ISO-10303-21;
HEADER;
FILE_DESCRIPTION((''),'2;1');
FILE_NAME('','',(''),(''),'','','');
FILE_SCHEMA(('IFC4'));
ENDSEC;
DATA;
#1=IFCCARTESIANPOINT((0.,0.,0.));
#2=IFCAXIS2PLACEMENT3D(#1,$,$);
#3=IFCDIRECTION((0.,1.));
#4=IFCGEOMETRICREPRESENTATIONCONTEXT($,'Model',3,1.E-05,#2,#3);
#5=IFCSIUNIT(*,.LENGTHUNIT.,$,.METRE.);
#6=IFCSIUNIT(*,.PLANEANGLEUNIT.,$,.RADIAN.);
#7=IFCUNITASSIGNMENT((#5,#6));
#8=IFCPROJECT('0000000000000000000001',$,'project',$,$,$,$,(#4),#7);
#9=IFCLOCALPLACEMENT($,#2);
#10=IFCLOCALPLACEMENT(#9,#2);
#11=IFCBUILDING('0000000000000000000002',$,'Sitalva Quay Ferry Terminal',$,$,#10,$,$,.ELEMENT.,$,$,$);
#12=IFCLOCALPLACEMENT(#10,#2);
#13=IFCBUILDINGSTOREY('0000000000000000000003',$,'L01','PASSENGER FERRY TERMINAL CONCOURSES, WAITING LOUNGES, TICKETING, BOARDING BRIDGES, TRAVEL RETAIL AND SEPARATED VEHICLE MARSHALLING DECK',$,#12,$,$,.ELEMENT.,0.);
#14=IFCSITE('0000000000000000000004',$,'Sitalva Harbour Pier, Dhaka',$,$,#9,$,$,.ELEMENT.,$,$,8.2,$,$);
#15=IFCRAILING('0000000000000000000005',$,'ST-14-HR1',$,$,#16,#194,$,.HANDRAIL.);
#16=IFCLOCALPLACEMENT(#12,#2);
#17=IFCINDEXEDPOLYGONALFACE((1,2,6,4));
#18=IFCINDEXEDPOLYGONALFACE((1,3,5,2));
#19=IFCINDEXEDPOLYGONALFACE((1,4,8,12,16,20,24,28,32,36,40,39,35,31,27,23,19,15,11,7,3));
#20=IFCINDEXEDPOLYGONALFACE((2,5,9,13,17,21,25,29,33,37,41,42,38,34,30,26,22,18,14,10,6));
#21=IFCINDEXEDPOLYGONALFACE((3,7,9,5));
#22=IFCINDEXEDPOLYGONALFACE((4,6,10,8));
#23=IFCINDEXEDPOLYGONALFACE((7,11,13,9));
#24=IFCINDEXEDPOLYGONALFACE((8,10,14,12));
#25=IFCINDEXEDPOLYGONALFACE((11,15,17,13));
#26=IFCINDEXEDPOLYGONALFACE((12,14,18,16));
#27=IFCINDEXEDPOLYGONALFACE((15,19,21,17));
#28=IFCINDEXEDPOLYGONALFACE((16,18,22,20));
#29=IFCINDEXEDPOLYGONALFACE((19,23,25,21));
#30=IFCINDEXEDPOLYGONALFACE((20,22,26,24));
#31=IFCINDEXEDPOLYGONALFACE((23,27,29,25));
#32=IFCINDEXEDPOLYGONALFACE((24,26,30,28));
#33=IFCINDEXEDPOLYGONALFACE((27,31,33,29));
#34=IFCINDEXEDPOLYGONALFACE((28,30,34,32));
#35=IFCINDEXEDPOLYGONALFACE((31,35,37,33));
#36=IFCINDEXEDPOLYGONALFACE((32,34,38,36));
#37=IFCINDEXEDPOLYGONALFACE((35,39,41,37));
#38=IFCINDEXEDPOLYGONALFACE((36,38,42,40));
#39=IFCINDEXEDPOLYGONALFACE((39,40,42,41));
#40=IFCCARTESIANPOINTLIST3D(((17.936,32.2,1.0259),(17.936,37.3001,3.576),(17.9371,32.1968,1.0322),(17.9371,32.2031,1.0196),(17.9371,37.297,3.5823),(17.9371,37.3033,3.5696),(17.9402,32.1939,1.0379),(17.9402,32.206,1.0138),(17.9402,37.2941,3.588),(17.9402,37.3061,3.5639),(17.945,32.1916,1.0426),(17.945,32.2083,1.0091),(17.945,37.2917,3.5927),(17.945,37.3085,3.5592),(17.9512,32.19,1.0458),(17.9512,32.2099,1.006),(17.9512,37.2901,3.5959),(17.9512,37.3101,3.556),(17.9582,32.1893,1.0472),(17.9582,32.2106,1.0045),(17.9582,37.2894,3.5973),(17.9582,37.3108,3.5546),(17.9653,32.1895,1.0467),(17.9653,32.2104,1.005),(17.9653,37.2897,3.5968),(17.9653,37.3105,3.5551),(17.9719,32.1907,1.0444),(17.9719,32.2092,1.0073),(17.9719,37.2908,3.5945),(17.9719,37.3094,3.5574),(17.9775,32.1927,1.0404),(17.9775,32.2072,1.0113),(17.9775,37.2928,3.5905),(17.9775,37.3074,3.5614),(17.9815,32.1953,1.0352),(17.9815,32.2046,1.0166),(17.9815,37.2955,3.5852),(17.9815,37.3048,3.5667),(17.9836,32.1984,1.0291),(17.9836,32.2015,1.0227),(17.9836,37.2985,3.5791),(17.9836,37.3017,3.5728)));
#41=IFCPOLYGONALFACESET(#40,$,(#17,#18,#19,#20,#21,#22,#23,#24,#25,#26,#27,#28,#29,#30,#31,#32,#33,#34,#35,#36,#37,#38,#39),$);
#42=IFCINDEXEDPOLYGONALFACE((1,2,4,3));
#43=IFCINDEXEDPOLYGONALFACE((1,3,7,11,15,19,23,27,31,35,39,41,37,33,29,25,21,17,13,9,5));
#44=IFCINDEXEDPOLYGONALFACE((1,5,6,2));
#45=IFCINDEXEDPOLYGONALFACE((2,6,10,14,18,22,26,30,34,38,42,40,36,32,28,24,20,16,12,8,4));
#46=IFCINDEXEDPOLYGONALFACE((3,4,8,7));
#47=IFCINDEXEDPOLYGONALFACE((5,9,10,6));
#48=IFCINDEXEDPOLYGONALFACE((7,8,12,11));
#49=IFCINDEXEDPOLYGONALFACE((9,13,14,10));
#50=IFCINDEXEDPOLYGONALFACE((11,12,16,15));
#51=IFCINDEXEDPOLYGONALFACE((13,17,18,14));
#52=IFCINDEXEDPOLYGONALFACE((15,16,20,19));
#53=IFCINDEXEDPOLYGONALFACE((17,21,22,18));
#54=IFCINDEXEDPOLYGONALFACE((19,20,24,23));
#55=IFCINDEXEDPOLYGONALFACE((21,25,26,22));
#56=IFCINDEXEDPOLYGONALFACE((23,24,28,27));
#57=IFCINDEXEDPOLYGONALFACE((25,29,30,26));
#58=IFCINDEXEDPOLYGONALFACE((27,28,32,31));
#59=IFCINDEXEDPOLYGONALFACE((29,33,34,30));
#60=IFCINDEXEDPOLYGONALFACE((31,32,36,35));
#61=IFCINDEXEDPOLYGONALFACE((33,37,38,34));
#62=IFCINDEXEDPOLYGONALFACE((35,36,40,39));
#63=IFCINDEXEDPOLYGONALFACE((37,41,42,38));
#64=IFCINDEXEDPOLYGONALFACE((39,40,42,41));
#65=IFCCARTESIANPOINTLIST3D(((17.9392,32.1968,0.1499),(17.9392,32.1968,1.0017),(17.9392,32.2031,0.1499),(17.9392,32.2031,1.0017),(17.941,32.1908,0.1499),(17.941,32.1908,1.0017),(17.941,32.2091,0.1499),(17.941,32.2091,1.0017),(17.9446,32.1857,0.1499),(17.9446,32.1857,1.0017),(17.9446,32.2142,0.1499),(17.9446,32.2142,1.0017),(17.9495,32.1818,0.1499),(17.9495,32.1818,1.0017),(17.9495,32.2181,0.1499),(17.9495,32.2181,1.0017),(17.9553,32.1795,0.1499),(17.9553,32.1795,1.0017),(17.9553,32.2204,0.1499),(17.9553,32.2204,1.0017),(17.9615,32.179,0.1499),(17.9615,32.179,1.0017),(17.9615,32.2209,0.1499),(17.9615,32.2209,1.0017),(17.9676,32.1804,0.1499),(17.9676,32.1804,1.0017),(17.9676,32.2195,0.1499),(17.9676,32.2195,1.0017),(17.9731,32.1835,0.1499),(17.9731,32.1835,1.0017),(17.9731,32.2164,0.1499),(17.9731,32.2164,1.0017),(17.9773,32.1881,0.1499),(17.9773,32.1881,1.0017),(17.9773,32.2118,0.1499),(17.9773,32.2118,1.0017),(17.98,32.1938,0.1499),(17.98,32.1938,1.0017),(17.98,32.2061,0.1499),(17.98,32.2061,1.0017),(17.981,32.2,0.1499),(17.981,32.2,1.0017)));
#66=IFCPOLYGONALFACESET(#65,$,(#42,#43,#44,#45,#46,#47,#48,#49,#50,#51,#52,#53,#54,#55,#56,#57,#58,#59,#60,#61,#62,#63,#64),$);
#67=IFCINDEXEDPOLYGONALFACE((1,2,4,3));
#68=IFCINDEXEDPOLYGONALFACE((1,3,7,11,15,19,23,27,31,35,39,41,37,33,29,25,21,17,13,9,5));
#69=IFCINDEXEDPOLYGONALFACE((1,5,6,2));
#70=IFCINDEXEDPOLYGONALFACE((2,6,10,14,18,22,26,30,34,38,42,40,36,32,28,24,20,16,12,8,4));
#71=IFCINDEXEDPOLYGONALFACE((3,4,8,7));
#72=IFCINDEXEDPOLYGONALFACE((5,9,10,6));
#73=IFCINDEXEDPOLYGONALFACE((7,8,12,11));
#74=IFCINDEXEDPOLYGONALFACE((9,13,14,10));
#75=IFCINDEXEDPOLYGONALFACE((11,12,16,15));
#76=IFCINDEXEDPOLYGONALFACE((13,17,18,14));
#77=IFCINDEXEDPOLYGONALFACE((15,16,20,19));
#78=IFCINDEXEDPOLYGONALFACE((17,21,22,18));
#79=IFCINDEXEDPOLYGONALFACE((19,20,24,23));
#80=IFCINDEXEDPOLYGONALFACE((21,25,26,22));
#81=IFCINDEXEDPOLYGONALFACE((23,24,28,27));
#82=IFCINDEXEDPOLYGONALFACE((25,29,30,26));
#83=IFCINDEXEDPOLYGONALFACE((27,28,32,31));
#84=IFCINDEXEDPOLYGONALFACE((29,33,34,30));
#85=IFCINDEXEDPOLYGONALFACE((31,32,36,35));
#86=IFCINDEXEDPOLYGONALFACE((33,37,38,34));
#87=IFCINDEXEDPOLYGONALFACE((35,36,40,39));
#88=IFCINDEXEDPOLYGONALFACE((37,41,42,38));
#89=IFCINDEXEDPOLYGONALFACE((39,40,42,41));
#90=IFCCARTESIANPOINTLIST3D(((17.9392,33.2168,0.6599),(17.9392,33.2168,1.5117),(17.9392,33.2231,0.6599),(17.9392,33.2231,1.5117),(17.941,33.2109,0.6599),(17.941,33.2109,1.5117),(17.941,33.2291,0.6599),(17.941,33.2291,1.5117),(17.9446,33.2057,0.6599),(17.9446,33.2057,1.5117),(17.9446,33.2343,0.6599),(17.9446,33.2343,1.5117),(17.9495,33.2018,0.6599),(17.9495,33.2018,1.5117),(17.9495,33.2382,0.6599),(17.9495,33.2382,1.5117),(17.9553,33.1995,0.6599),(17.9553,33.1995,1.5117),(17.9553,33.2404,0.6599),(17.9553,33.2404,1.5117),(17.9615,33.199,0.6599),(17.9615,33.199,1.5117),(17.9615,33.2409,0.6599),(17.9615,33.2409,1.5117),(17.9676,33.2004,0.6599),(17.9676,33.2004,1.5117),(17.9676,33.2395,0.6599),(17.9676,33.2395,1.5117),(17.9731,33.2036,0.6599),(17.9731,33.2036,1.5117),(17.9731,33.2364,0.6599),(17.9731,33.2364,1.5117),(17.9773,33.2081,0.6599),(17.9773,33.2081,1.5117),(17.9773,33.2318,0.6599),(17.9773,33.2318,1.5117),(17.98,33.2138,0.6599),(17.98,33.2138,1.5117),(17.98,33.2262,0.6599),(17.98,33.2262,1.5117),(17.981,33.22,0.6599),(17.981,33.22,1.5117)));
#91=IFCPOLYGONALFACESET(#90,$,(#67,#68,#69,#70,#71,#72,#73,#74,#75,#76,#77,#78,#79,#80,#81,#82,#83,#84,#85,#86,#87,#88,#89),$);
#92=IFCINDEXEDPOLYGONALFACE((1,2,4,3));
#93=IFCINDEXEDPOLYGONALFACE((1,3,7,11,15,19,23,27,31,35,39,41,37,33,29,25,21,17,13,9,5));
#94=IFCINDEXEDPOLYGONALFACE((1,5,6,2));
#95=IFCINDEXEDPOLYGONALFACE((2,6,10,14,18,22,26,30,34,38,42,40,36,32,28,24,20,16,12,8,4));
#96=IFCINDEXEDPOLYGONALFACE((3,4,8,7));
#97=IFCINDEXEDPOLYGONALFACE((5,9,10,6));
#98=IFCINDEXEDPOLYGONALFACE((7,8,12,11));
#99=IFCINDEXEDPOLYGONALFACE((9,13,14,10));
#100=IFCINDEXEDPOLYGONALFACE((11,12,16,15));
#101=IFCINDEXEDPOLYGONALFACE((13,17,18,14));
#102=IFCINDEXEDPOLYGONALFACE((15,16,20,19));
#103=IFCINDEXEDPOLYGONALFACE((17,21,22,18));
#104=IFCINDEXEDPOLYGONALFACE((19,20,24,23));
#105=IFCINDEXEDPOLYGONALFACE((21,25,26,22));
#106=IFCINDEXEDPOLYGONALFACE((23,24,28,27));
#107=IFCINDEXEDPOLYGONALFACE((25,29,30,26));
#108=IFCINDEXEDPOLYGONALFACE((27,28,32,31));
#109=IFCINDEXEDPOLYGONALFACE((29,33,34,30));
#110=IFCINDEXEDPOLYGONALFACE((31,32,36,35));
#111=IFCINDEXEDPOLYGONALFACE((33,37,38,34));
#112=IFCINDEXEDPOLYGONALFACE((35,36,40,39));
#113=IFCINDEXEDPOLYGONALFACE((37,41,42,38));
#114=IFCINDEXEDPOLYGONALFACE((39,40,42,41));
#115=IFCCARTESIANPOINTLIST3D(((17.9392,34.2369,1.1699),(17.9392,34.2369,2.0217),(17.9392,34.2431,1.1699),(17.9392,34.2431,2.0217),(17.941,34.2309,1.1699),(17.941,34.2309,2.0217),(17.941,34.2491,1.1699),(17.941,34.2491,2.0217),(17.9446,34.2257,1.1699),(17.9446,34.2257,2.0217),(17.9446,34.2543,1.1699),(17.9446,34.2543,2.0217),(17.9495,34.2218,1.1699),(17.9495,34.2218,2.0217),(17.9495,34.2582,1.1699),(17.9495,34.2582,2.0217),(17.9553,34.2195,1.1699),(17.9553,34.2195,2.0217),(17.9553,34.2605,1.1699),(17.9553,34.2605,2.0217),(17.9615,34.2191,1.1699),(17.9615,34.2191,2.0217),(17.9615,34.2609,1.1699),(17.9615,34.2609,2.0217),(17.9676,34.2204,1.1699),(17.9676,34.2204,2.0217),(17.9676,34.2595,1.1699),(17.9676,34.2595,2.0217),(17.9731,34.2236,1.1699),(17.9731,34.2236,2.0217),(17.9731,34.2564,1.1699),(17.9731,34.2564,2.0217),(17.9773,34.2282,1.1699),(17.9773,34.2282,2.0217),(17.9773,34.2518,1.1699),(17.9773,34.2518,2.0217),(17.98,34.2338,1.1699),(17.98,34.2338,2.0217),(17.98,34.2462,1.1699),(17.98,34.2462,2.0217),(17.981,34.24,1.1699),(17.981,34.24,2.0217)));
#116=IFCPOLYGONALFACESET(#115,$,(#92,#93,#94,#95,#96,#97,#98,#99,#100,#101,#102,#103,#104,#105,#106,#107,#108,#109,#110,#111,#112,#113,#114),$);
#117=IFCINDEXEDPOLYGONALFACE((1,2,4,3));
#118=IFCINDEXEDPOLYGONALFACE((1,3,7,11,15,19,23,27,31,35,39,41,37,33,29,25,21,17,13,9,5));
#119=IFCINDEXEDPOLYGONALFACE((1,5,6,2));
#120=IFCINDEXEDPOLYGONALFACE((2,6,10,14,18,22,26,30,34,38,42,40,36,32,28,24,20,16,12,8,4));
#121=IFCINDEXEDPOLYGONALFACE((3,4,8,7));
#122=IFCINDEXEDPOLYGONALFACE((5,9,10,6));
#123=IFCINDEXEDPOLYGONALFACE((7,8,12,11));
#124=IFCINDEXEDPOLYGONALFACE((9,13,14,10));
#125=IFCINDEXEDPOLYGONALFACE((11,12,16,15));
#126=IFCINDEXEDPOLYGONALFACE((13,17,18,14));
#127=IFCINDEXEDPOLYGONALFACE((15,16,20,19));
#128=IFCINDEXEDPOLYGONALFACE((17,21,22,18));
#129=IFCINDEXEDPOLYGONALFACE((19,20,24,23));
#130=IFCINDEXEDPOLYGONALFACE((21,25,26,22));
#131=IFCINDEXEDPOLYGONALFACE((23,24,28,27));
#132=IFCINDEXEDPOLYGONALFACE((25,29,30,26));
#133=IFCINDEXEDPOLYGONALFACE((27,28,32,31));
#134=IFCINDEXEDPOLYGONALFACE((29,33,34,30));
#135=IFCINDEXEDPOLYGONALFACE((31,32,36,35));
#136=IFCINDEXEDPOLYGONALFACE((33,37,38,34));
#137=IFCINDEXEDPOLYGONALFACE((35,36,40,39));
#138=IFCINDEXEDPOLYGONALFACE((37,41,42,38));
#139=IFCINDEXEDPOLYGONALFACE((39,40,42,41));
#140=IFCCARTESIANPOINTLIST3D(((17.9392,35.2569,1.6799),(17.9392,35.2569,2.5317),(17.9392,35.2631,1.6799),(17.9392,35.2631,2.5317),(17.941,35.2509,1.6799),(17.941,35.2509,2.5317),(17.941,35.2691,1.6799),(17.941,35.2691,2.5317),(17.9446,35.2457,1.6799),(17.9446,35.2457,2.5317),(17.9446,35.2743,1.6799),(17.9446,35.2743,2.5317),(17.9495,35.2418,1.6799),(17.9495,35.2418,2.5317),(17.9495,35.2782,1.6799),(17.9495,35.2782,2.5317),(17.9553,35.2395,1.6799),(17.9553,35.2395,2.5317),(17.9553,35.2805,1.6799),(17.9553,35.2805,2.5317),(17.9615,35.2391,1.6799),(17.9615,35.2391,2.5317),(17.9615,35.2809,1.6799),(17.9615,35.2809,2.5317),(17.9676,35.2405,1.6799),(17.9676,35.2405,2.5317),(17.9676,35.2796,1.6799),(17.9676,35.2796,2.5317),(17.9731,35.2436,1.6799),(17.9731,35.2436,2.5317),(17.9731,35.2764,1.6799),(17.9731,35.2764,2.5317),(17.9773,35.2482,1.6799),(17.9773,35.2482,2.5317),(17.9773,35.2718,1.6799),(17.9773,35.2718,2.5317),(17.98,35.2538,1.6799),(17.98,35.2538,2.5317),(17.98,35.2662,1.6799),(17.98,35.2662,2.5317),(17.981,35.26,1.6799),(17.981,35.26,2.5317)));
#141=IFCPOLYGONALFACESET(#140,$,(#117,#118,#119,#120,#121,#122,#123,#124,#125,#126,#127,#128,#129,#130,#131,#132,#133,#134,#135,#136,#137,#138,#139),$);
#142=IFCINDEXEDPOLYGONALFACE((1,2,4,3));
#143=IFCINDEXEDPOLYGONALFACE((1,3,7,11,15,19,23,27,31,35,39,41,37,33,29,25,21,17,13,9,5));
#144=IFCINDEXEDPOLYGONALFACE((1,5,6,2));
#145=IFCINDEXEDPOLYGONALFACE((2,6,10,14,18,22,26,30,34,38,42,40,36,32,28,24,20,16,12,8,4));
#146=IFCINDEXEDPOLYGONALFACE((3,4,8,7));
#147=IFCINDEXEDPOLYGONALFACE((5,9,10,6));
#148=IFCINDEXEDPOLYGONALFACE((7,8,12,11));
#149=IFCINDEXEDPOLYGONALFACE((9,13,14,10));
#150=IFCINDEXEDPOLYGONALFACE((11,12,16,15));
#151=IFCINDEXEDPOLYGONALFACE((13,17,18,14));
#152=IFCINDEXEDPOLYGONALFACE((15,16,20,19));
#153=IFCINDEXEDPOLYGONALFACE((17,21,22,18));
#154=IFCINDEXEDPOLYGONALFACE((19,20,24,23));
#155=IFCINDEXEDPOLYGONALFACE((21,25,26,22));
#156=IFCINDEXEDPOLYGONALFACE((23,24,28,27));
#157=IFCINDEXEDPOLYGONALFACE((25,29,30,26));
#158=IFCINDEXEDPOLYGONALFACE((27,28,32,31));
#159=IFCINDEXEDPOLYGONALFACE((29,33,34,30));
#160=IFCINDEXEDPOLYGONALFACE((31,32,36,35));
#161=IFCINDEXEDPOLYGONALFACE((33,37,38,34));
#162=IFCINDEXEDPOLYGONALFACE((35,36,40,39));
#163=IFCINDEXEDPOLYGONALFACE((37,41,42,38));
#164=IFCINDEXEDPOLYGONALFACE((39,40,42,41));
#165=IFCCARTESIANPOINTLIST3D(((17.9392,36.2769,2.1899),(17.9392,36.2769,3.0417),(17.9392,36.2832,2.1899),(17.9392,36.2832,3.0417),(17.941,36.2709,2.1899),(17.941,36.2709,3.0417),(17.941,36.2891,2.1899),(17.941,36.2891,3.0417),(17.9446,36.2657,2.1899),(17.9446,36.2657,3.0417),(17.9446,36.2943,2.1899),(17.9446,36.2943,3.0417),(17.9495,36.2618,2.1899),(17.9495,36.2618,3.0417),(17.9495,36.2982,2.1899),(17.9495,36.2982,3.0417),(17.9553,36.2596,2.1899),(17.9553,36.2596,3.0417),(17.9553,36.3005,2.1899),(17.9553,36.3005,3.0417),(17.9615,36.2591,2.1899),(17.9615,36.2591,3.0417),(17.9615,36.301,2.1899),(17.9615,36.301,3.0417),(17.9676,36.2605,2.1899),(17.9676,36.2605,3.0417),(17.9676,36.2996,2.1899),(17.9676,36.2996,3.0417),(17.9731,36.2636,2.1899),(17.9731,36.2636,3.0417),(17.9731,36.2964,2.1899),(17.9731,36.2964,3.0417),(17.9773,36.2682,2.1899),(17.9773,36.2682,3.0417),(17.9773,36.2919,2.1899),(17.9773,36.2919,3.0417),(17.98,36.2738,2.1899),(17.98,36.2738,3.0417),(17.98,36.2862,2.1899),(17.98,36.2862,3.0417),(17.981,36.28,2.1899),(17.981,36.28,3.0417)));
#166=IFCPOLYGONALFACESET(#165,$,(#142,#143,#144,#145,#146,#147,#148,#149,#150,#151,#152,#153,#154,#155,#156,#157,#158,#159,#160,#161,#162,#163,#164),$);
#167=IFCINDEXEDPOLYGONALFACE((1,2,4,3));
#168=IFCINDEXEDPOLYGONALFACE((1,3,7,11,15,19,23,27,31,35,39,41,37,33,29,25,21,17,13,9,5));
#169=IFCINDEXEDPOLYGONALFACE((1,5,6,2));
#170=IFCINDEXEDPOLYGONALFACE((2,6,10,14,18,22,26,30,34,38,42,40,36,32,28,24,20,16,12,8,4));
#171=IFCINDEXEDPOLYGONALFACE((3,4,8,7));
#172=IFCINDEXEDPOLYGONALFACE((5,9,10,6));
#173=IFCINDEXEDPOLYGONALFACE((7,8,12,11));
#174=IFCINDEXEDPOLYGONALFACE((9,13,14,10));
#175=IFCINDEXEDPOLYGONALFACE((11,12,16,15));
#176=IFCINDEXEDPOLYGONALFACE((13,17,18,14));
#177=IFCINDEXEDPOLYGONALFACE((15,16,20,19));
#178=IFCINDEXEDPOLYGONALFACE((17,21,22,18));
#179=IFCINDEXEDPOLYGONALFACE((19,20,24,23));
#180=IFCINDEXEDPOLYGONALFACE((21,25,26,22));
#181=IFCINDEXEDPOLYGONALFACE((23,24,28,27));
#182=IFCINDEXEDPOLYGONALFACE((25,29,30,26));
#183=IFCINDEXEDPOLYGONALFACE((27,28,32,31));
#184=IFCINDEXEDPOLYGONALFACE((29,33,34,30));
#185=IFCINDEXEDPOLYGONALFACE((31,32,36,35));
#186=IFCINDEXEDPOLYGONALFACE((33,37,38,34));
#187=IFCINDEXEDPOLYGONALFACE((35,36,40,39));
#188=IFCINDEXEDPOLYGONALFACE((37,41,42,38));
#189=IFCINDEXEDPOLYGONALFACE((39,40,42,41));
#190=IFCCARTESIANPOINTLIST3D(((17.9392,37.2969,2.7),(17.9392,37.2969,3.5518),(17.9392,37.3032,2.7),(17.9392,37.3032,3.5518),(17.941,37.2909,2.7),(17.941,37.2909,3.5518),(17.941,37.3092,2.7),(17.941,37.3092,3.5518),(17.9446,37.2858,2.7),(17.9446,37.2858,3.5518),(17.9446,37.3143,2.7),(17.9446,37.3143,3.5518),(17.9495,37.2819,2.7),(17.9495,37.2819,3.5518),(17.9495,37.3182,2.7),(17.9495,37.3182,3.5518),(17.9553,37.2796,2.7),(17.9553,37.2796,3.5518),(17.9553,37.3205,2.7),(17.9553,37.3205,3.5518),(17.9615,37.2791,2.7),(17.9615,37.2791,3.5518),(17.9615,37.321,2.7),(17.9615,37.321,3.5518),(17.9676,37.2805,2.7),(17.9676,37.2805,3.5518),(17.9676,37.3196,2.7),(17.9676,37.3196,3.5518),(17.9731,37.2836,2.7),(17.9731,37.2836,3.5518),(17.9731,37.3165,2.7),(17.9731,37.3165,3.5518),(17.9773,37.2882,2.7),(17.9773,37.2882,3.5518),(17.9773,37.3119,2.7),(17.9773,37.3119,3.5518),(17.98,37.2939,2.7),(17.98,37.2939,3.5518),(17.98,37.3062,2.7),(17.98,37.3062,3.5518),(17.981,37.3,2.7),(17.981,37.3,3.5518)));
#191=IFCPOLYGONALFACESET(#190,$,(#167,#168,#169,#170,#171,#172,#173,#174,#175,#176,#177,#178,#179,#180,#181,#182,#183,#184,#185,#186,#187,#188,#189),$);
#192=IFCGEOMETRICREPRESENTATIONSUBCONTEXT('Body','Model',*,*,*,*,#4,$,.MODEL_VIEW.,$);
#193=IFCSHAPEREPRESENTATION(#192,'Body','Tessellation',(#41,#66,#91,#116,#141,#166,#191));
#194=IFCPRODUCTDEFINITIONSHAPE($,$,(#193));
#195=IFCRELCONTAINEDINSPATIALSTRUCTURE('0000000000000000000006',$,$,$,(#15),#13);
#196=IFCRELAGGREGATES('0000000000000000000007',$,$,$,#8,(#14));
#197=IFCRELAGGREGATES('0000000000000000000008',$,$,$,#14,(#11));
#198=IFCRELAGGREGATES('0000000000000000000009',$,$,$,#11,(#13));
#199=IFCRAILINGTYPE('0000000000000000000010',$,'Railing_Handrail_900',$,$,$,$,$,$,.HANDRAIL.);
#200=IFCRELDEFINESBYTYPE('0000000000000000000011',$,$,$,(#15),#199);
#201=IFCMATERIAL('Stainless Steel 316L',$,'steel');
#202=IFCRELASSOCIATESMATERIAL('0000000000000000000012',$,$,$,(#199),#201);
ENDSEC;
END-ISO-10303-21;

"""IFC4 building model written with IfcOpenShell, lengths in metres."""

from ifc_helpers import new_model, si_unit, direction, frame, origin, origin_2d, place, context, subcontext, project, spatial, circle, extrude, material, type_object, element, save


model = new_model("IFC4")

# Units and contexts
model_context = context("Model", 3, precision=1e-05, world=origin(), true_north=direction((0.0, 1.0)))
body_context = subcontext(model_context, "Body", "Model", "MODEL_VIEW")
ifc_project = project(units=[si_unit("LENGTHUNIT", "METRE"), si_unit("PLANEANGLEUNIT", "RADIAN")], contexts=[model_context])

# Site, building, storey
site_placement = place(None, origin())
site = spatial("IfcSite", under=ifc_project, at=site_placement, Name="Sitalva Harbour Pier, Dhaka", CompositionType="ELEMENT", RefElevation=8.2)
building_placement = place(site_placement, origin())
building = spatial("IfcBuilding", under=site, at=building_placement, Name="Sitalva Quay Ferry Terminal", CompositionType="ELEMENT")
storey_placement = place(building_placement, origin())
storey = spatial("IfcBuildingStorey", under=building, at=storey_placement, Name="L01", Description="PASSENGER FERRY TERMINAL CONCOURSES, WAITING LOUNGES, TICKETING, BOARDING BRIDGES, TRAVEL RETAIL AND SEPARATED VEHICLE MARSHALLING DECK", CompositionType="ELEMENT", Elevation=0.0)

# Railing
ifc_material_1 = material(Name="Stainless Steel 316L", Category="steel")
railing_type = type_object("IfcRailingType", Name="Railing_Handrail_900", PredefinedType="HANDRAIL", material=ifc_material_1)
railing_placement = place(storey_placement, frame((17.96, 32.2, 0.1499)))
element("IfcRailing", 1, at=railing_placement, inside=storey, type_object=railing_type, Name="ST-14-HR1", PredefinedType="HANDRAIL", context=body_context, shape_type="SweptSolid", body=[
    extrude(circle(Radius=0.0239, at=origin_2d()), frame((0.0, 0.0, 0.876), z_axis=(0.0, 0.894427, 0.447214), x_axis=(-1.0, 0.0, 0.0)), (0.0, 0.0, 1.0), 5.7021),
    extrude(circle(Radius=0.021, at=origin_2d()), origin(), (0.0, 0.0, 1.0), 0.8518),
    extrude(circle(Radius=0.021, at=origin_2d()), frame((0.0, 1.02, 0.51)), (0.0, 0.0, 1.0), 0.8518),
    extrude(circle(Radius=0.021, at=origin_2d()), frame((0.0, 2.04, 1.02)), (0.0, 0.0, 1.0), 0.8518),
    extrude(circle(Radius=0.021, at=origin_2d()), frame((0.0, 3.0601, 1.53)), (0.0, 0.0, 1.0), 0.8518),
    extrude(circle(Radius=0.021, at=origin_2d()), frame((0.0, 4.0801, 2.04)), (0.0, 0.0, 1.0), 0.8518),
    extrude(circle(Radius=0.021, at=origin_2d()), frame((0.0, 5.1001, 2.55)), (0.0, 0.0, 1.0), 0.8518),
])

save(model, "model.ifc")
